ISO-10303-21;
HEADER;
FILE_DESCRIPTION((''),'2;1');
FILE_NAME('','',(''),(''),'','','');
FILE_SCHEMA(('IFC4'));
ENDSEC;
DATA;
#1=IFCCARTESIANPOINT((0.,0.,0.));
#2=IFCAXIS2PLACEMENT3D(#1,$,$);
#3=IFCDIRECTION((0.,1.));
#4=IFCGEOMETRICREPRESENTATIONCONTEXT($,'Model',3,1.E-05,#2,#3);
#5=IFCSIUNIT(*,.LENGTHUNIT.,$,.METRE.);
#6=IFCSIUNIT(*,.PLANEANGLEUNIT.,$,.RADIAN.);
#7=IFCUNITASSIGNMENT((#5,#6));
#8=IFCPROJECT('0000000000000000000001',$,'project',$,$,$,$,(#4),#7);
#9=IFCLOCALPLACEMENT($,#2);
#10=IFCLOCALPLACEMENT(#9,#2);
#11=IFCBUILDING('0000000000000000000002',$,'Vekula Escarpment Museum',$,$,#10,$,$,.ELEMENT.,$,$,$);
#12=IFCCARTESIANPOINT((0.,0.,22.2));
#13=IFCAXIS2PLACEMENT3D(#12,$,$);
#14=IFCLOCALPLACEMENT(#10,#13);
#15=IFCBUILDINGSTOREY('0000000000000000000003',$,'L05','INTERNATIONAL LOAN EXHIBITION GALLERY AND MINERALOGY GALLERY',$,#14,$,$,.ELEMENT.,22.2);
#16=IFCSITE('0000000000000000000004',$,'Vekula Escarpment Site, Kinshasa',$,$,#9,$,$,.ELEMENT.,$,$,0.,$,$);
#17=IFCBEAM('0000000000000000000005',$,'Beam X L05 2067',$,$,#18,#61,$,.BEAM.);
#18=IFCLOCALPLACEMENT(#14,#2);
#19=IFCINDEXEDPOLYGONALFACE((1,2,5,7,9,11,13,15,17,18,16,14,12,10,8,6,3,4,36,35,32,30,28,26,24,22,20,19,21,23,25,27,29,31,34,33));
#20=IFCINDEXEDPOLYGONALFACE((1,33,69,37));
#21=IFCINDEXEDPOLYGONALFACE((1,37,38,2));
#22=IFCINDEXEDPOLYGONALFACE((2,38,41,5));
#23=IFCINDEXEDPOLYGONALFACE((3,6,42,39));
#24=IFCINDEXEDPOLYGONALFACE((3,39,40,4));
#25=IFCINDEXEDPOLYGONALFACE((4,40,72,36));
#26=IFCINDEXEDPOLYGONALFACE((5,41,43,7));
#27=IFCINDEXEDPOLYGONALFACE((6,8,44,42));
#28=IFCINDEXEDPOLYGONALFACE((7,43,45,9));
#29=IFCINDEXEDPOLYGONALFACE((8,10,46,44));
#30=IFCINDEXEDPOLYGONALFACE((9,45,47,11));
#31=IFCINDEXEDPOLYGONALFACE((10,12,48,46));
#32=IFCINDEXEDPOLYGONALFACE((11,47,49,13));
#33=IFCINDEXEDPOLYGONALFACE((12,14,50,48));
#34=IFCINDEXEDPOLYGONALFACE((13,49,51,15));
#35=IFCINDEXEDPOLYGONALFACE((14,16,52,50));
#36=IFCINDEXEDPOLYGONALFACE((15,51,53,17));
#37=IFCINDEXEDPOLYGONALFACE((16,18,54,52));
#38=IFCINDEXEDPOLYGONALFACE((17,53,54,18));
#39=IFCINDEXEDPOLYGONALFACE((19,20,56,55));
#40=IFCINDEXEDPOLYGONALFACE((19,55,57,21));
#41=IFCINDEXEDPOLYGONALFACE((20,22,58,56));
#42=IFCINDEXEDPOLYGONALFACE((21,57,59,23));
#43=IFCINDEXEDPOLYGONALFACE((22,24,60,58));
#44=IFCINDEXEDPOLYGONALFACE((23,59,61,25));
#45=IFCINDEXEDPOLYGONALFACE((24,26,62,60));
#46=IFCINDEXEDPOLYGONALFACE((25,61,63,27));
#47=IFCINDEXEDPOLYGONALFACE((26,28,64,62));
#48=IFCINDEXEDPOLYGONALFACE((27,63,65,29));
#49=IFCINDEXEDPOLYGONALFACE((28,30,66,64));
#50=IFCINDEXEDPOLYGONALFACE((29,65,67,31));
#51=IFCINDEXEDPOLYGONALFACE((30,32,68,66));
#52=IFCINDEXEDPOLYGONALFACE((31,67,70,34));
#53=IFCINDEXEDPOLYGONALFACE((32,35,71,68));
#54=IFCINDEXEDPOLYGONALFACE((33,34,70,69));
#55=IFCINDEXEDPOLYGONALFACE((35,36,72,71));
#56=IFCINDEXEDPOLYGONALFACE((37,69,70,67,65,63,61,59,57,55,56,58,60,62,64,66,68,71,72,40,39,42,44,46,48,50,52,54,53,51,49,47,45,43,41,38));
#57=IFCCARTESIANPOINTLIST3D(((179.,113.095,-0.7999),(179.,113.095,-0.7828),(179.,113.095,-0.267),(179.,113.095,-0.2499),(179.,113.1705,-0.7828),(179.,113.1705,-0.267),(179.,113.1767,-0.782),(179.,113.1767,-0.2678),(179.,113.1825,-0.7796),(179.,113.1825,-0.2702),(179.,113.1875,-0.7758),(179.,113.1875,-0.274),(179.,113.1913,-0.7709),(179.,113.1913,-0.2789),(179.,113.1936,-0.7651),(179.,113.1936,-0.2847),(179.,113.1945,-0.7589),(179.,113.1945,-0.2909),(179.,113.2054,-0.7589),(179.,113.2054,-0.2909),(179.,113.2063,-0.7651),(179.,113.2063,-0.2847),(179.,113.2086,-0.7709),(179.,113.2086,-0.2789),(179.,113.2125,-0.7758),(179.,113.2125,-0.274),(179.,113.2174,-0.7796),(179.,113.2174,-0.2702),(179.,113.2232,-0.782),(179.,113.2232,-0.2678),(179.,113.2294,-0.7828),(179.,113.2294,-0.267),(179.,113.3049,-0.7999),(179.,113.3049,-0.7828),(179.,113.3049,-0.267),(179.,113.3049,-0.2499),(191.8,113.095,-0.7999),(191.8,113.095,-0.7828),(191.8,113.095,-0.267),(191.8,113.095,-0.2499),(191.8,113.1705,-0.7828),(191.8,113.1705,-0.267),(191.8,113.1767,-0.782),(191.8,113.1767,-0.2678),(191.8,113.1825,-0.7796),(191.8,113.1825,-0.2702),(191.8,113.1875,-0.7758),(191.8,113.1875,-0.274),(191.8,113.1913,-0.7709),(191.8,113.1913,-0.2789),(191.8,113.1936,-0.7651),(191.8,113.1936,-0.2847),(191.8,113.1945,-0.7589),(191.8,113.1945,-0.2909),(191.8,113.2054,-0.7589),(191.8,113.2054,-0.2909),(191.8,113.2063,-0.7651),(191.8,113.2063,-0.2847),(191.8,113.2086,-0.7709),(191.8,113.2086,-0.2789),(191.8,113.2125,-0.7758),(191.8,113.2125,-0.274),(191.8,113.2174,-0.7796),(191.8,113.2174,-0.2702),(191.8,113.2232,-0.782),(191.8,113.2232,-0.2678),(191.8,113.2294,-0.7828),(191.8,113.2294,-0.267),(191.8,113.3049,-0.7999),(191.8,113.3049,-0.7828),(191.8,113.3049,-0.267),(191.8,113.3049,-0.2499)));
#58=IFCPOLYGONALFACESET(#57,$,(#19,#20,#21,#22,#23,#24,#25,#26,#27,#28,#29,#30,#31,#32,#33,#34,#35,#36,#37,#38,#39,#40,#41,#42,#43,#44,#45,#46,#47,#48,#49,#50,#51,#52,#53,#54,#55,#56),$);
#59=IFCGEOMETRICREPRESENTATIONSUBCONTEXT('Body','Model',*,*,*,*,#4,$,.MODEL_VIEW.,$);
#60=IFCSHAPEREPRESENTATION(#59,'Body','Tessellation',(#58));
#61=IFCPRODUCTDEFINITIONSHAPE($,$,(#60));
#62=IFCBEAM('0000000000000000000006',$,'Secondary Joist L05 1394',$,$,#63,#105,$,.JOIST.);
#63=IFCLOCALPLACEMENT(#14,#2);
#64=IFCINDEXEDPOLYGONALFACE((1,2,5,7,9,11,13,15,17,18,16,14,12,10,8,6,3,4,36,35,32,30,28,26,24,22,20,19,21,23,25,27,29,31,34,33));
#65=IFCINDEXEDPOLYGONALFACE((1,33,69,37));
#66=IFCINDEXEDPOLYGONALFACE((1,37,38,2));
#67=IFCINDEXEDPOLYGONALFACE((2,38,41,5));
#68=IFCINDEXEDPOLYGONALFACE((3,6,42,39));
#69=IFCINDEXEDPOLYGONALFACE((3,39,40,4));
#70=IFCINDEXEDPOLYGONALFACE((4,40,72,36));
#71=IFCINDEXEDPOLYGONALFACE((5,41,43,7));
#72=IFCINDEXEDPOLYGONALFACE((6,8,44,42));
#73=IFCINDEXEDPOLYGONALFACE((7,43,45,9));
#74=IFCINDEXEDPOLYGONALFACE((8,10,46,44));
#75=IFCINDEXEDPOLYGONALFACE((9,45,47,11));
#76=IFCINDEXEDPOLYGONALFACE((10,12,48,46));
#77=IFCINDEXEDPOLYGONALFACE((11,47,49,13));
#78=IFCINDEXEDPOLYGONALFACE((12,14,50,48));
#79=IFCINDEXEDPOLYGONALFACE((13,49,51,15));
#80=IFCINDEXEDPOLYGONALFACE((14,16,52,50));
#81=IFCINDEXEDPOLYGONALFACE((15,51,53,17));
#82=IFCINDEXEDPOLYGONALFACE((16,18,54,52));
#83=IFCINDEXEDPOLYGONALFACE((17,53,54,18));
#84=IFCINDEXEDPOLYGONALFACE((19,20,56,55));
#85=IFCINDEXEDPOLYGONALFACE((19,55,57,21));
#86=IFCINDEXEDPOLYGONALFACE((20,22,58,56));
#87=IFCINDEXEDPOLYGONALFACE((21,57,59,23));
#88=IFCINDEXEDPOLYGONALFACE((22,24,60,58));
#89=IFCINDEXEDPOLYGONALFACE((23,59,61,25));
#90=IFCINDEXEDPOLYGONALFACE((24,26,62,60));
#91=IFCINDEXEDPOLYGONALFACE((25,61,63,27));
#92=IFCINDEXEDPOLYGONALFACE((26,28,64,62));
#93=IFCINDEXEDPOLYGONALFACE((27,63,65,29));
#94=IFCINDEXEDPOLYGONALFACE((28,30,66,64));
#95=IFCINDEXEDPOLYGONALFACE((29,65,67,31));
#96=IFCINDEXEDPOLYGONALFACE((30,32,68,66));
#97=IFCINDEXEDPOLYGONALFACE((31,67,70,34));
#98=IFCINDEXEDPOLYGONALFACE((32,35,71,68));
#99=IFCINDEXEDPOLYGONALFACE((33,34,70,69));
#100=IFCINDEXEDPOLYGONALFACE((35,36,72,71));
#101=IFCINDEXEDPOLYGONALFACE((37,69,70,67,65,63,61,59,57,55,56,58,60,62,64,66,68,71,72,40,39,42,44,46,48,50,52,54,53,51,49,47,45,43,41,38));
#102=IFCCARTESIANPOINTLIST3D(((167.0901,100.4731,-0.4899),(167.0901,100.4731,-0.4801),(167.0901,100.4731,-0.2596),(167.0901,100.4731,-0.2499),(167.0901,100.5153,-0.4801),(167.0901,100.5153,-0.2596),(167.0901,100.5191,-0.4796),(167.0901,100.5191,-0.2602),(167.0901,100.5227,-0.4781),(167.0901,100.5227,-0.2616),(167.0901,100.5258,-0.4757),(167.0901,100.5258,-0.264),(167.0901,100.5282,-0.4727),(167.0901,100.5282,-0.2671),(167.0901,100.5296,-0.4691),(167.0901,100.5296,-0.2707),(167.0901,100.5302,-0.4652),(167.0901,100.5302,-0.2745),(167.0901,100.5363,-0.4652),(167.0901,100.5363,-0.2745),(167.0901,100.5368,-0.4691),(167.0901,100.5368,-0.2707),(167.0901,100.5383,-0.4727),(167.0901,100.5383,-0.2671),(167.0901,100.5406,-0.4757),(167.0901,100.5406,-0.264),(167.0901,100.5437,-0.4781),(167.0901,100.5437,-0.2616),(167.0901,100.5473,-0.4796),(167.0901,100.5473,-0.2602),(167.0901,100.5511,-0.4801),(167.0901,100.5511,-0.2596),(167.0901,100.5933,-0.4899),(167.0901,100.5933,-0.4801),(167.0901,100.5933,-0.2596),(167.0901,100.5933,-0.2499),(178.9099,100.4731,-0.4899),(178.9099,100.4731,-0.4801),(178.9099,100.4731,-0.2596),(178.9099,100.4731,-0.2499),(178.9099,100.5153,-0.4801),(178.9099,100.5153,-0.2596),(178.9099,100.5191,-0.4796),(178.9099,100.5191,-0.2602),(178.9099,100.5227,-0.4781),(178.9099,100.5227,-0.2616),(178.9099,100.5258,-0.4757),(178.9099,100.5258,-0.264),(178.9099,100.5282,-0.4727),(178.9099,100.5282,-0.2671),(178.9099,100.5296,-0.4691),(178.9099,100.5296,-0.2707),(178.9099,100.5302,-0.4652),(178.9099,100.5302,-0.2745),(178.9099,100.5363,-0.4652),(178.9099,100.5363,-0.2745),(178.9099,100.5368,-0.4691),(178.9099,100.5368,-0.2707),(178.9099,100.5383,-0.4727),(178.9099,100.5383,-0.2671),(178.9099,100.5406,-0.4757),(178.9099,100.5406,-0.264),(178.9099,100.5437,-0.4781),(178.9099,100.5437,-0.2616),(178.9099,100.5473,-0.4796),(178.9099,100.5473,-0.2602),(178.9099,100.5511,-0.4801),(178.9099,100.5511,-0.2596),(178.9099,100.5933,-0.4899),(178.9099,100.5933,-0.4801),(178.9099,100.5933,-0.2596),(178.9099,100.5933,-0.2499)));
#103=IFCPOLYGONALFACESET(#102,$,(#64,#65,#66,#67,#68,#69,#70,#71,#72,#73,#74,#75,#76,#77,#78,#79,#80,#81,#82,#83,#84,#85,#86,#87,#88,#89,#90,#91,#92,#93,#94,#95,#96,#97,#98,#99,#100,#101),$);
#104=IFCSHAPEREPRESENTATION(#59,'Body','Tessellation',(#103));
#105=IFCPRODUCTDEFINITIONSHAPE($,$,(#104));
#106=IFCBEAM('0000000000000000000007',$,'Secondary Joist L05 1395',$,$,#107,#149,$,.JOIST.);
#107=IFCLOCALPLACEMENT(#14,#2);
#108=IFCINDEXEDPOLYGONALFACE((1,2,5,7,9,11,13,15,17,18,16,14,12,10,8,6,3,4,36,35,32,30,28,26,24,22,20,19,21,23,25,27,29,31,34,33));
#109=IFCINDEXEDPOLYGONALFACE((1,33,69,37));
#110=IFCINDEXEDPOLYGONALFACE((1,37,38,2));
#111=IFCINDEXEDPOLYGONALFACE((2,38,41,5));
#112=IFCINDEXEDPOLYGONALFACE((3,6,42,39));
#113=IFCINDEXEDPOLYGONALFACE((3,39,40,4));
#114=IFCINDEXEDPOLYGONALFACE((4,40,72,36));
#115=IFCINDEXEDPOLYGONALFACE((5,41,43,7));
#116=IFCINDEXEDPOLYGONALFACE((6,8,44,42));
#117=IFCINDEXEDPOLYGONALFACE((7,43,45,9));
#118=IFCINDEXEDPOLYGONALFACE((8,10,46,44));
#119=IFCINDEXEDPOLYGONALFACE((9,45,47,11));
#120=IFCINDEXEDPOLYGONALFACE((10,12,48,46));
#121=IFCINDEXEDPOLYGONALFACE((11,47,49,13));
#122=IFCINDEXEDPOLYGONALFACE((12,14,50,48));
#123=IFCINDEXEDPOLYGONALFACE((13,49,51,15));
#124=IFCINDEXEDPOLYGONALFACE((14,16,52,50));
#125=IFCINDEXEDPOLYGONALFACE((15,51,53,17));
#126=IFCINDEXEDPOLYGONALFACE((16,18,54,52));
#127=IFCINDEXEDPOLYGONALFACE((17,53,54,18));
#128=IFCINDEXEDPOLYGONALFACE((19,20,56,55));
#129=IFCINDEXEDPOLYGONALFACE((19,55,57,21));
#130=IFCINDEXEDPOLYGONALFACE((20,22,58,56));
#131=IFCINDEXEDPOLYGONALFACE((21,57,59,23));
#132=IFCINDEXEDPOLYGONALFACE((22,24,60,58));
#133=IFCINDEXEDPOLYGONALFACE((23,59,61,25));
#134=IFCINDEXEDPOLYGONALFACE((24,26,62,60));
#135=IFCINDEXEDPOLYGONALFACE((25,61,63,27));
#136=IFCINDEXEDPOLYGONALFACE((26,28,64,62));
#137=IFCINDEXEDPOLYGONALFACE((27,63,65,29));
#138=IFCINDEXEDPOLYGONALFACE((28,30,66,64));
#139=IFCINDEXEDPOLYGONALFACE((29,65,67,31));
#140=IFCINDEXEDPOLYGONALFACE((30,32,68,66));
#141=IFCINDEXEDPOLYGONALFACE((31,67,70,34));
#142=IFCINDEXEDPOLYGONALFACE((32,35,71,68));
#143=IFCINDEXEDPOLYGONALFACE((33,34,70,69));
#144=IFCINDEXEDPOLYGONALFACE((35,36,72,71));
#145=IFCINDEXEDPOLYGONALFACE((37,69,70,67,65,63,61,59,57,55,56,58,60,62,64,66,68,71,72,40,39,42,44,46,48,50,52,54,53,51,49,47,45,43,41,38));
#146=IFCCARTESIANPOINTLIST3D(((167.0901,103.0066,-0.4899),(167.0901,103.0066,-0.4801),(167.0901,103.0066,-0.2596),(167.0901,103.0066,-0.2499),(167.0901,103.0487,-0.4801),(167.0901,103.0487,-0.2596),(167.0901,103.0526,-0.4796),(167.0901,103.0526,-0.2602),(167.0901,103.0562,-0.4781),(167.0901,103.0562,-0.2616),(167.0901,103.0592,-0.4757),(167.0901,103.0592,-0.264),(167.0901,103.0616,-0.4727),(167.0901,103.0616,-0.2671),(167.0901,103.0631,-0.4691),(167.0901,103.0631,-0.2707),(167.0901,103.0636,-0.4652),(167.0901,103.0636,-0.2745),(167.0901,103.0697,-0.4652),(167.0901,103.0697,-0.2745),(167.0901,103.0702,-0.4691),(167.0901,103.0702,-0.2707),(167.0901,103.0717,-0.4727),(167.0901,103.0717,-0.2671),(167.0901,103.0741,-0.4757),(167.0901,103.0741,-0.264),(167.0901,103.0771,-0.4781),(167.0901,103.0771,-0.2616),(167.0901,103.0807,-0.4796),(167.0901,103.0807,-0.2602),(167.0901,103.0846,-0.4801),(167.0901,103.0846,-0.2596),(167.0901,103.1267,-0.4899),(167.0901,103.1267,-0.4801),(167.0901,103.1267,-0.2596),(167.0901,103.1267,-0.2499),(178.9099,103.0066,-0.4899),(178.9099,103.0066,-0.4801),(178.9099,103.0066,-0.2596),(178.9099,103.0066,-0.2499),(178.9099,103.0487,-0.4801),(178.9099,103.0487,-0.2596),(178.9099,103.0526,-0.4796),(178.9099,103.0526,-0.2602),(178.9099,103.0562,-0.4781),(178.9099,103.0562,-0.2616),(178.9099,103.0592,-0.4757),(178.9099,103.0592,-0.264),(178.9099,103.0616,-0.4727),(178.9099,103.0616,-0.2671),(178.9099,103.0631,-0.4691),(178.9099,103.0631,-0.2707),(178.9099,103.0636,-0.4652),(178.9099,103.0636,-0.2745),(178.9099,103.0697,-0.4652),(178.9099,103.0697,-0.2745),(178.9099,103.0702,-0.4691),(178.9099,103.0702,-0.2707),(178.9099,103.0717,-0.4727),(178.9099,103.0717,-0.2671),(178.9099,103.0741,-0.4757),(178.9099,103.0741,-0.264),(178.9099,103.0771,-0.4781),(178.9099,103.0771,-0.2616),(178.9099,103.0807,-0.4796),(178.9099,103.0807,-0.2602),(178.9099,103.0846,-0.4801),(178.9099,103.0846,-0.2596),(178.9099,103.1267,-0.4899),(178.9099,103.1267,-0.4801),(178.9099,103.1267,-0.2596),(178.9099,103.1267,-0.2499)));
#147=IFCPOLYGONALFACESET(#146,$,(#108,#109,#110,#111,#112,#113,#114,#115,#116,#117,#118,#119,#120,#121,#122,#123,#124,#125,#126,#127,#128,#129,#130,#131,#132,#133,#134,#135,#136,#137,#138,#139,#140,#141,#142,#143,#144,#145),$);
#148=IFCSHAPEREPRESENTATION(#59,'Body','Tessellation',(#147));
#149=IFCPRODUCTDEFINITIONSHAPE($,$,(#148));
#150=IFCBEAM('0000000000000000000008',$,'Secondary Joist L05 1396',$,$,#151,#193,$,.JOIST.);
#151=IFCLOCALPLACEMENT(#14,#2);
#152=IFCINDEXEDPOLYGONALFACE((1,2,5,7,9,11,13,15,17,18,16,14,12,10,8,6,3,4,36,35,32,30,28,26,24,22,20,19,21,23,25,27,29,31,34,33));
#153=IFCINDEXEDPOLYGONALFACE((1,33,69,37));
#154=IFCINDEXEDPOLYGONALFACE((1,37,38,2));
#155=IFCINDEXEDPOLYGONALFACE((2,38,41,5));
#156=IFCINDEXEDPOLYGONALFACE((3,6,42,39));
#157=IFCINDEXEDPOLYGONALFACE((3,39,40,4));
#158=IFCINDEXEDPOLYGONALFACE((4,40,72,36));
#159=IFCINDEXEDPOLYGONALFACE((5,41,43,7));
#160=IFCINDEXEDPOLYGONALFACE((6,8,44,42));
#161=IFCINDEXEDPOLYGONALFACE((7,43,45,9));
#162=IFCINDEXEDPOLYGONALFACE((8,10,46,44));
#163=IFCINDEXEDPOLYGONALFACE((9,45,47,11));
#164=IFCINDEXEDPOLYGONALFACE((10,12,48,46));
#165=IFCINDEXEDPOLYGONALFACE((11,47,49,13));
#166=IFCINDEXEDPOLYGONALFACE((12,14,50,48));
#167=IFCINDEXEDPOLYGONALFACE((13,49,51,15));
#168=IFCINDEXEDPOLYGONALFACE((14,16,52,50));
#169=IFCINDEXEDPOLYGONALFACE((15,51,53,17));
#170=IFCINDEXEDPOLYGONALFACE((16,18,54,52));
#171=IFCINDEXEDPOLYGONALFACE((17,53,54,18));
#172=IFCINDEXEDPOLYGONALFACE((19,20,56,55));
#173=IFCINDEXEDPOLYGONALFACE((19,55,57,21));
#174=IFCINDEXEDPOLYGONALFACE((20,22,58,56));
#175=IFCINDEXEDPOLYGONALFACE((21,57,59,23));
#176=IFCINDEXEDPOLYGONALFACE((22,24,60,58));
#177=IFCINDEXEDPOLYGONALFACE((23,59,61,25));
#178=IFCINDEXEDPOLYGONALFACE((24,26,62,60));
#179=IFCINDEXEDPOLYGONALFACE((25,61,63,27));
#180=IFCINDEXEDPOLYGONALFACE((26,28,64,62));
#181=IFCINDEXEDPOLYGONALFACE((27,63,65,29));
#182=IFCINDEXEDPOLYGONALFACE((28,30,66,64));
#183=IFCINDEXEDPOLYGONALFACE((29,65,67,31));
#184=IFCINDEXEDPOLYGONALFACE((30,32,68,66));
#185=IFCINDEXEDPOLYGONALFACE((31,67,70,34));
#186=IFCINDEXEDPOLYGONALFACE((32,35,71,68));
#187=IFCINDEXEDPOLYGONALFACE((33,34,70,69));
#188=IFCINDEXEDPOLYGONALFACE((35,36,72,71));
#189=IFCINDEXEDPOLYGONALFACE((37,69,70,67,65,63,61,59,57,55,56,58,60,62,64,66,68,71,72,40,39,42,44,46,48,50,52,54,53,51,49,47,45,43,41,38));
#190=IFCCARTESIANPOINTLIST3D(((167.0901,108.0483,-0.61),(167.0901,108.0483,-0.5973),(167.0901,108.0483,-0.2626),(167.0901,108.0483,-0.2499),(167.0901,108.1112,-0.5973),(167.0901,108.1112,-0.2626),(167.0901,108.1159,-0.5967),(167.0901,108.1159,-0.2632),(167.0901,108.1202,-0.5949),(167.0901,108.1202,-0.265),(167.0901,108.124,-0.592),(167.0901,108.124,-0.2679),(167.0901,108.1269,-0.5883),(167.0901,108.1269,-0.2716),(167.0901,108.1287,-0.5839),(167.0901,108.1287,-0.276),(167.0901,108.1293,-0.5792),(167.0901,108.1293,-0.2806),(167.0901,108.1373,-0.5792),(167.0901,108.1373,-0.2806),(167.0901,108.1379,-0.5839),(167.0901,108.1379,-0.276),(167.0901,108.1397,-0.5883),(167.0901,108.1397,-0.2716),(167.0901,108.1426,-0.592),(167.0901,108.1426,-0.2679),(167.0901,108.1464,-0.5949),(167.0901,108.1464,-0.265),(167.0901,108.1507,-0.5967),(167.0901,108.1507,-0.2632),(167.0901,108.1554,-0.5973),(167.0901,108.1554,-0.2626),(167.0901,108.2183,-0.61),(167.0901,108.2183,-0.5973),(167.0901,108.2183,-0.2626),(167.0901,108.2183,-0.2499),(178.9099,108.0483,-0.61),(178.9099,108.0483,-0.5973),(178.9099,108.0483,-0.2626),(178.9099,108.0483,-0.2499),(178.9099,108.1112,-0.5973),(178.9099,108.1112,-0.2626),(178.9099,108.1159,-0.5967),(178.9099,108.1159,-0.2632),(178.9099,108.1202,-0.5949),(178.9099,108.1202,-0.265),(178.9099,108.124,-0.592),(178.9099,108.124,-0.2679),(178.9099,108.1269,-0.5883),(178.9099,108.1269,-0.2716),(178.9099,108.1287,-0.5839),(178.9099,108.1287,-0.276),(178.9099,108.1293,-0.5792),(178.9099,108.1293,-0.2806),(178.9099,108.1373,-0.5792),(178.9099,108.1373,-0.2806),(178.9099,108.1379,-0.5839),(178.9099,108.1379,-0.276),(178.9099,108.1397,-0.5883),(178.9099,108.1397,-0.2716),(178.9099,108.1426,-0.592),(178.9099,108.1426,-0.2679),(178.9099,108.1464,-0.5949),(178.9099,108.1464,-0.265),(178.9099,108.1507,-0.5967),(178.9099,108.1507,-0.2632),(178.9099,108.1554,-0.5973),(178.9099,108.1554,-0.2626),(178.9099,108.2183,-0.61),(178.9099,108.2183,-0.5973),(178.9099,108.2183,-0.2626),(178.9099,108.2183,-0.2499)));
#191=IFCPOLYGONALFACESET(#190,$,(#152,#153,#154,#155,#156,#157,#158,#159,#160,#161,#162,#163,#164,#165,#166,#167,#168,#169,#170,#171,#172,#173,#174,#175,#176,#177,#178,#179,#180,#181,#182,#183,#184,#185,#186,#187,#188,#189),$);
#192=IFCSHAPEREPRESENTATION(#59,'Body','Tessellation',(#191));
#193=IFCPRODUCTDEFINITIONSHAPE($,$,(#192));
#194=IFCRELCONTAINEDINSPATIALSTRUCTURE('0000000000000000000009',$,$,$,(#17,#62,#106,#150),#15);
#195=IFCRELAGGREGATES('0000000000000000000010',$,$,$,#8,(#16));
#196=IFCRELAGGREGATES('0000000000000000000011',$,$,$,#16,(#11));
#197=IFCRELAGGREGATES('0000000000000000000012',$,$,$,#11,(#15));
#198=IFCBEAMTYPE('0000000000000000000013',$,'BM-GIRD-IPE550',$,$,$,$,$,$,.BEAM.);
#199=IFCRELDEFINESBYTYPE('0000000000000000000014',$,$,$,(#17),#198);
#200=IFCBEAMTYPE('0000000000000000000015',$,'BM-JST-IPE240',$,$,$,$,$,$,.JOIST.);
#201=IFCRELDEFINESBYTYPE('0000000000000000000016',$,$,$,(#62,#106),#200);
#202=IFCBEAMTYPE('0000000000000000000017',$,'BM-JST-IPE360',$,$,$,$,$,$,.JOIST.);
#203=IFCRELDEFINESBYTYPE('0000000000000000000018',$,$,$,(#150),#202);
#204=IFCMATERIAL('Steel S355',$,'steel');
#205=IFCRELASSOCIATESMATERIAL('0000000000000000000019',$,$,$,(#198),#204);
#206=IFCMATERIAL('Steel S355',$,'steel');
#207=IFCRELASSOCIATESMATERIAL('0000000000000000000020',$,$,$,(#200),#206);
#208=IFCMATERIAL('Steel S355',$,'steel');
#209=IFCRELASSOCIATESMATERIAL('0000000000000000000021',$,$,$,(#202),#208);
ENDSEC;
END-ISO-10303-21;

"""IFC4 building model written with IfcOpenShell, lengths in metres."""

from ifc_helpers import new_model, si_unit, direction, frame, origin, origin_2d, place, context, subcontext, project, spatial, i_section, extrude, material, material_profile, profile_set, type_object, element, save


model = new_model("IFC4")

# Units and contexts
model_context = context("Model", 3, precision=1e-05, world=origin(), true_north=direction((0.0, 1.0)))
body_context = subcontext(model_context, "Body", "Model", "MODEL_VIEW")
ifc_project = project(units=[si_unit("LENGTHUNIT", "METRE"), si_unit("PLANEANGLEUNIT", "RADIAN")], contexts=[model_context])

# Site, building, storey
site_placement = place(None, origin())
site = spatial("IfcSite", under=ifc_project, at=site_placement, Name="Vekula Escarpment Site, Kinshasa", CompositionType="ELEMENT", RefElevation=0.0)
building_placement = place(site_placement, origin())
building = spatial("IfcBuilding", under=site, at=building_placement, Name="Vekula Escarpment Museum", CompositionType="ELEMENT")
storey_placement = place(building_placement, frame((0.0, 0.0, 22.2)))
storey = spatial("IfcBuildingStorey", under=building, at=storey_placement, Name="L05", Description="INTERNATIONAL LOAN EXHIBITION GALLERY AND MINERALOGY GALLERY", CompositionType="ELEMENT", Elevation=22.2)

# Beams
ifc_material_1 = material(Name="Steel S355", Category="steel")
ifc_material_profile_1 = material_profile(ifc_material_1, i_section(OverallWidth=0.21, OverallDepth=0.55, WebThickness=0.011, FlangeThickness=0.0171, FilletRadius=0.0239, at=origin_2d()), Name="IPE 550")
ifc_profile_set_1 = profile_set([ifc_material_profile_1], Name="Steel S355")
beam_type_1 = type_object("IfcBeamType", Name="BM-GIRD-IPE550", PredefinedType="BEAM", material=ifc_profile_set_1)
beam_1_placement = place(storey_placement, frame((179.0, 113.2, -0.5249), z_axis=(1.0, 0.0, 0.0), x_axis=(0.0, 1.0, 0.0)))
element("IfcBeam", 1, at=beam_1_placement, inside=storey, type_object=beam_type_1, Name="Beam X L05 2067", PredefinedType="BEAM", context=body_context, shape_type="SweptSolid", body=[
    extrude(i_section(OverallWidth=0.21, OverallDepth=0.55, WebThickness=0.011, FlangeThickness=0.0171, FilletRadius=0.0239, at=origin_2d()), origin(), (0.0, 0.0, 1.0), 12.8),
])
ifc_material_2 = material(Name="Steel S355", Category="steel")
ifc_material_profile_2 = material_profile(ifc_material_2, i_section(OverallWidth=0.1201, OverallDepth=0.24, WebThickness=0.0061, FlangeThickness=0.0098, FilletRadius=0.0149, at=origin_2d()), Name="IPE 240")
ifc_profile_set_2 = profile_set([ifc_material_profile_2], Name="Steel S355")
beam_type_2 = type_object("IfcBeamType", Name="BM-JST-IPE240", PredefinedType="JOIST", material=ifc_profile_set_2)
for number, where, z_axis, x_axis, name in (
    (2, (167.0901, 100.5332, -0.3699), (1.0, 0.0, 0.0), (0.0, 1.0, 0.0), "Secondary Joist L05 1394"),
    (3, (167.0901, 103.0667, -0.3699), (1.0, 0.0, 0.0), (0.0, 1.0, 0.0), "Secondary Joist L05 1395"),
):
    element("IfcBeam", number, at=place(storey_placement, frame(where, z_axis=z_axis, x_axis=x_axis)), inside=storey, type_object=beam_type_2, Name=name, PredefinedType="JOIST", context=body_context, shape_type="SweptSolid", body=[
        extrude(i_section(OverallWidth=0.1201, OverallDepth=0.24, WebThickness=0.0061, FlangeThickness=0.0098, FilletRadius=0.0149, at=origin_2d()), origin(), (0.0, 0.0, 1.0), 11.8198),
    ])
ifc_material_3 = material(Name="Steel S355", Category="steel")
ifc_material_profile_3 = material_profile(ifc_material_3, i_section(OverallWidth=0.1699, OverallDepth=0.3601, WebThickness=0.0081, FlangeThickness=0.0127, FilletRadius=0.0181, at=origin_2d()), Name="IPE 360")
ifc_profile_set_3 = profile_set([ifc_material_profile_3], Name="Steel S355")
beam_type_3 = type_object("IfcBeamType", Name="BM-JST-IPE360", PredefinedType="JOIST", material=ifc_profile_set_3)
for number, where, z_axis, x_axis, name in (
    (4, (167.0901, 108.1333, -0.4299), (1.0, 0.0, 0.0), (0.0, 1.0, 0.0), "Secondary Joist L05 1396"),
):
    element("IfcBeam", number, at=place(storey_placement, frame(where, z_axis=z_axis, x_axis=x_axis)), inside=storey, type_object=beam_type_3, Name=name, PredefinedType="JOIST", context=body_context, shape_type="SweptSolid", body=[
        extrude(i_section(OverallWidth=0.1699, OverallDepth=0.3601, WebThickness=0.0081, FlangeThickness=0.0127, FilletRadius=0.0181, at=origin_2d()), origin(), (0.0, 0.0, 1.0), 11.8198),
    ])

save(model, "model.ifc")
